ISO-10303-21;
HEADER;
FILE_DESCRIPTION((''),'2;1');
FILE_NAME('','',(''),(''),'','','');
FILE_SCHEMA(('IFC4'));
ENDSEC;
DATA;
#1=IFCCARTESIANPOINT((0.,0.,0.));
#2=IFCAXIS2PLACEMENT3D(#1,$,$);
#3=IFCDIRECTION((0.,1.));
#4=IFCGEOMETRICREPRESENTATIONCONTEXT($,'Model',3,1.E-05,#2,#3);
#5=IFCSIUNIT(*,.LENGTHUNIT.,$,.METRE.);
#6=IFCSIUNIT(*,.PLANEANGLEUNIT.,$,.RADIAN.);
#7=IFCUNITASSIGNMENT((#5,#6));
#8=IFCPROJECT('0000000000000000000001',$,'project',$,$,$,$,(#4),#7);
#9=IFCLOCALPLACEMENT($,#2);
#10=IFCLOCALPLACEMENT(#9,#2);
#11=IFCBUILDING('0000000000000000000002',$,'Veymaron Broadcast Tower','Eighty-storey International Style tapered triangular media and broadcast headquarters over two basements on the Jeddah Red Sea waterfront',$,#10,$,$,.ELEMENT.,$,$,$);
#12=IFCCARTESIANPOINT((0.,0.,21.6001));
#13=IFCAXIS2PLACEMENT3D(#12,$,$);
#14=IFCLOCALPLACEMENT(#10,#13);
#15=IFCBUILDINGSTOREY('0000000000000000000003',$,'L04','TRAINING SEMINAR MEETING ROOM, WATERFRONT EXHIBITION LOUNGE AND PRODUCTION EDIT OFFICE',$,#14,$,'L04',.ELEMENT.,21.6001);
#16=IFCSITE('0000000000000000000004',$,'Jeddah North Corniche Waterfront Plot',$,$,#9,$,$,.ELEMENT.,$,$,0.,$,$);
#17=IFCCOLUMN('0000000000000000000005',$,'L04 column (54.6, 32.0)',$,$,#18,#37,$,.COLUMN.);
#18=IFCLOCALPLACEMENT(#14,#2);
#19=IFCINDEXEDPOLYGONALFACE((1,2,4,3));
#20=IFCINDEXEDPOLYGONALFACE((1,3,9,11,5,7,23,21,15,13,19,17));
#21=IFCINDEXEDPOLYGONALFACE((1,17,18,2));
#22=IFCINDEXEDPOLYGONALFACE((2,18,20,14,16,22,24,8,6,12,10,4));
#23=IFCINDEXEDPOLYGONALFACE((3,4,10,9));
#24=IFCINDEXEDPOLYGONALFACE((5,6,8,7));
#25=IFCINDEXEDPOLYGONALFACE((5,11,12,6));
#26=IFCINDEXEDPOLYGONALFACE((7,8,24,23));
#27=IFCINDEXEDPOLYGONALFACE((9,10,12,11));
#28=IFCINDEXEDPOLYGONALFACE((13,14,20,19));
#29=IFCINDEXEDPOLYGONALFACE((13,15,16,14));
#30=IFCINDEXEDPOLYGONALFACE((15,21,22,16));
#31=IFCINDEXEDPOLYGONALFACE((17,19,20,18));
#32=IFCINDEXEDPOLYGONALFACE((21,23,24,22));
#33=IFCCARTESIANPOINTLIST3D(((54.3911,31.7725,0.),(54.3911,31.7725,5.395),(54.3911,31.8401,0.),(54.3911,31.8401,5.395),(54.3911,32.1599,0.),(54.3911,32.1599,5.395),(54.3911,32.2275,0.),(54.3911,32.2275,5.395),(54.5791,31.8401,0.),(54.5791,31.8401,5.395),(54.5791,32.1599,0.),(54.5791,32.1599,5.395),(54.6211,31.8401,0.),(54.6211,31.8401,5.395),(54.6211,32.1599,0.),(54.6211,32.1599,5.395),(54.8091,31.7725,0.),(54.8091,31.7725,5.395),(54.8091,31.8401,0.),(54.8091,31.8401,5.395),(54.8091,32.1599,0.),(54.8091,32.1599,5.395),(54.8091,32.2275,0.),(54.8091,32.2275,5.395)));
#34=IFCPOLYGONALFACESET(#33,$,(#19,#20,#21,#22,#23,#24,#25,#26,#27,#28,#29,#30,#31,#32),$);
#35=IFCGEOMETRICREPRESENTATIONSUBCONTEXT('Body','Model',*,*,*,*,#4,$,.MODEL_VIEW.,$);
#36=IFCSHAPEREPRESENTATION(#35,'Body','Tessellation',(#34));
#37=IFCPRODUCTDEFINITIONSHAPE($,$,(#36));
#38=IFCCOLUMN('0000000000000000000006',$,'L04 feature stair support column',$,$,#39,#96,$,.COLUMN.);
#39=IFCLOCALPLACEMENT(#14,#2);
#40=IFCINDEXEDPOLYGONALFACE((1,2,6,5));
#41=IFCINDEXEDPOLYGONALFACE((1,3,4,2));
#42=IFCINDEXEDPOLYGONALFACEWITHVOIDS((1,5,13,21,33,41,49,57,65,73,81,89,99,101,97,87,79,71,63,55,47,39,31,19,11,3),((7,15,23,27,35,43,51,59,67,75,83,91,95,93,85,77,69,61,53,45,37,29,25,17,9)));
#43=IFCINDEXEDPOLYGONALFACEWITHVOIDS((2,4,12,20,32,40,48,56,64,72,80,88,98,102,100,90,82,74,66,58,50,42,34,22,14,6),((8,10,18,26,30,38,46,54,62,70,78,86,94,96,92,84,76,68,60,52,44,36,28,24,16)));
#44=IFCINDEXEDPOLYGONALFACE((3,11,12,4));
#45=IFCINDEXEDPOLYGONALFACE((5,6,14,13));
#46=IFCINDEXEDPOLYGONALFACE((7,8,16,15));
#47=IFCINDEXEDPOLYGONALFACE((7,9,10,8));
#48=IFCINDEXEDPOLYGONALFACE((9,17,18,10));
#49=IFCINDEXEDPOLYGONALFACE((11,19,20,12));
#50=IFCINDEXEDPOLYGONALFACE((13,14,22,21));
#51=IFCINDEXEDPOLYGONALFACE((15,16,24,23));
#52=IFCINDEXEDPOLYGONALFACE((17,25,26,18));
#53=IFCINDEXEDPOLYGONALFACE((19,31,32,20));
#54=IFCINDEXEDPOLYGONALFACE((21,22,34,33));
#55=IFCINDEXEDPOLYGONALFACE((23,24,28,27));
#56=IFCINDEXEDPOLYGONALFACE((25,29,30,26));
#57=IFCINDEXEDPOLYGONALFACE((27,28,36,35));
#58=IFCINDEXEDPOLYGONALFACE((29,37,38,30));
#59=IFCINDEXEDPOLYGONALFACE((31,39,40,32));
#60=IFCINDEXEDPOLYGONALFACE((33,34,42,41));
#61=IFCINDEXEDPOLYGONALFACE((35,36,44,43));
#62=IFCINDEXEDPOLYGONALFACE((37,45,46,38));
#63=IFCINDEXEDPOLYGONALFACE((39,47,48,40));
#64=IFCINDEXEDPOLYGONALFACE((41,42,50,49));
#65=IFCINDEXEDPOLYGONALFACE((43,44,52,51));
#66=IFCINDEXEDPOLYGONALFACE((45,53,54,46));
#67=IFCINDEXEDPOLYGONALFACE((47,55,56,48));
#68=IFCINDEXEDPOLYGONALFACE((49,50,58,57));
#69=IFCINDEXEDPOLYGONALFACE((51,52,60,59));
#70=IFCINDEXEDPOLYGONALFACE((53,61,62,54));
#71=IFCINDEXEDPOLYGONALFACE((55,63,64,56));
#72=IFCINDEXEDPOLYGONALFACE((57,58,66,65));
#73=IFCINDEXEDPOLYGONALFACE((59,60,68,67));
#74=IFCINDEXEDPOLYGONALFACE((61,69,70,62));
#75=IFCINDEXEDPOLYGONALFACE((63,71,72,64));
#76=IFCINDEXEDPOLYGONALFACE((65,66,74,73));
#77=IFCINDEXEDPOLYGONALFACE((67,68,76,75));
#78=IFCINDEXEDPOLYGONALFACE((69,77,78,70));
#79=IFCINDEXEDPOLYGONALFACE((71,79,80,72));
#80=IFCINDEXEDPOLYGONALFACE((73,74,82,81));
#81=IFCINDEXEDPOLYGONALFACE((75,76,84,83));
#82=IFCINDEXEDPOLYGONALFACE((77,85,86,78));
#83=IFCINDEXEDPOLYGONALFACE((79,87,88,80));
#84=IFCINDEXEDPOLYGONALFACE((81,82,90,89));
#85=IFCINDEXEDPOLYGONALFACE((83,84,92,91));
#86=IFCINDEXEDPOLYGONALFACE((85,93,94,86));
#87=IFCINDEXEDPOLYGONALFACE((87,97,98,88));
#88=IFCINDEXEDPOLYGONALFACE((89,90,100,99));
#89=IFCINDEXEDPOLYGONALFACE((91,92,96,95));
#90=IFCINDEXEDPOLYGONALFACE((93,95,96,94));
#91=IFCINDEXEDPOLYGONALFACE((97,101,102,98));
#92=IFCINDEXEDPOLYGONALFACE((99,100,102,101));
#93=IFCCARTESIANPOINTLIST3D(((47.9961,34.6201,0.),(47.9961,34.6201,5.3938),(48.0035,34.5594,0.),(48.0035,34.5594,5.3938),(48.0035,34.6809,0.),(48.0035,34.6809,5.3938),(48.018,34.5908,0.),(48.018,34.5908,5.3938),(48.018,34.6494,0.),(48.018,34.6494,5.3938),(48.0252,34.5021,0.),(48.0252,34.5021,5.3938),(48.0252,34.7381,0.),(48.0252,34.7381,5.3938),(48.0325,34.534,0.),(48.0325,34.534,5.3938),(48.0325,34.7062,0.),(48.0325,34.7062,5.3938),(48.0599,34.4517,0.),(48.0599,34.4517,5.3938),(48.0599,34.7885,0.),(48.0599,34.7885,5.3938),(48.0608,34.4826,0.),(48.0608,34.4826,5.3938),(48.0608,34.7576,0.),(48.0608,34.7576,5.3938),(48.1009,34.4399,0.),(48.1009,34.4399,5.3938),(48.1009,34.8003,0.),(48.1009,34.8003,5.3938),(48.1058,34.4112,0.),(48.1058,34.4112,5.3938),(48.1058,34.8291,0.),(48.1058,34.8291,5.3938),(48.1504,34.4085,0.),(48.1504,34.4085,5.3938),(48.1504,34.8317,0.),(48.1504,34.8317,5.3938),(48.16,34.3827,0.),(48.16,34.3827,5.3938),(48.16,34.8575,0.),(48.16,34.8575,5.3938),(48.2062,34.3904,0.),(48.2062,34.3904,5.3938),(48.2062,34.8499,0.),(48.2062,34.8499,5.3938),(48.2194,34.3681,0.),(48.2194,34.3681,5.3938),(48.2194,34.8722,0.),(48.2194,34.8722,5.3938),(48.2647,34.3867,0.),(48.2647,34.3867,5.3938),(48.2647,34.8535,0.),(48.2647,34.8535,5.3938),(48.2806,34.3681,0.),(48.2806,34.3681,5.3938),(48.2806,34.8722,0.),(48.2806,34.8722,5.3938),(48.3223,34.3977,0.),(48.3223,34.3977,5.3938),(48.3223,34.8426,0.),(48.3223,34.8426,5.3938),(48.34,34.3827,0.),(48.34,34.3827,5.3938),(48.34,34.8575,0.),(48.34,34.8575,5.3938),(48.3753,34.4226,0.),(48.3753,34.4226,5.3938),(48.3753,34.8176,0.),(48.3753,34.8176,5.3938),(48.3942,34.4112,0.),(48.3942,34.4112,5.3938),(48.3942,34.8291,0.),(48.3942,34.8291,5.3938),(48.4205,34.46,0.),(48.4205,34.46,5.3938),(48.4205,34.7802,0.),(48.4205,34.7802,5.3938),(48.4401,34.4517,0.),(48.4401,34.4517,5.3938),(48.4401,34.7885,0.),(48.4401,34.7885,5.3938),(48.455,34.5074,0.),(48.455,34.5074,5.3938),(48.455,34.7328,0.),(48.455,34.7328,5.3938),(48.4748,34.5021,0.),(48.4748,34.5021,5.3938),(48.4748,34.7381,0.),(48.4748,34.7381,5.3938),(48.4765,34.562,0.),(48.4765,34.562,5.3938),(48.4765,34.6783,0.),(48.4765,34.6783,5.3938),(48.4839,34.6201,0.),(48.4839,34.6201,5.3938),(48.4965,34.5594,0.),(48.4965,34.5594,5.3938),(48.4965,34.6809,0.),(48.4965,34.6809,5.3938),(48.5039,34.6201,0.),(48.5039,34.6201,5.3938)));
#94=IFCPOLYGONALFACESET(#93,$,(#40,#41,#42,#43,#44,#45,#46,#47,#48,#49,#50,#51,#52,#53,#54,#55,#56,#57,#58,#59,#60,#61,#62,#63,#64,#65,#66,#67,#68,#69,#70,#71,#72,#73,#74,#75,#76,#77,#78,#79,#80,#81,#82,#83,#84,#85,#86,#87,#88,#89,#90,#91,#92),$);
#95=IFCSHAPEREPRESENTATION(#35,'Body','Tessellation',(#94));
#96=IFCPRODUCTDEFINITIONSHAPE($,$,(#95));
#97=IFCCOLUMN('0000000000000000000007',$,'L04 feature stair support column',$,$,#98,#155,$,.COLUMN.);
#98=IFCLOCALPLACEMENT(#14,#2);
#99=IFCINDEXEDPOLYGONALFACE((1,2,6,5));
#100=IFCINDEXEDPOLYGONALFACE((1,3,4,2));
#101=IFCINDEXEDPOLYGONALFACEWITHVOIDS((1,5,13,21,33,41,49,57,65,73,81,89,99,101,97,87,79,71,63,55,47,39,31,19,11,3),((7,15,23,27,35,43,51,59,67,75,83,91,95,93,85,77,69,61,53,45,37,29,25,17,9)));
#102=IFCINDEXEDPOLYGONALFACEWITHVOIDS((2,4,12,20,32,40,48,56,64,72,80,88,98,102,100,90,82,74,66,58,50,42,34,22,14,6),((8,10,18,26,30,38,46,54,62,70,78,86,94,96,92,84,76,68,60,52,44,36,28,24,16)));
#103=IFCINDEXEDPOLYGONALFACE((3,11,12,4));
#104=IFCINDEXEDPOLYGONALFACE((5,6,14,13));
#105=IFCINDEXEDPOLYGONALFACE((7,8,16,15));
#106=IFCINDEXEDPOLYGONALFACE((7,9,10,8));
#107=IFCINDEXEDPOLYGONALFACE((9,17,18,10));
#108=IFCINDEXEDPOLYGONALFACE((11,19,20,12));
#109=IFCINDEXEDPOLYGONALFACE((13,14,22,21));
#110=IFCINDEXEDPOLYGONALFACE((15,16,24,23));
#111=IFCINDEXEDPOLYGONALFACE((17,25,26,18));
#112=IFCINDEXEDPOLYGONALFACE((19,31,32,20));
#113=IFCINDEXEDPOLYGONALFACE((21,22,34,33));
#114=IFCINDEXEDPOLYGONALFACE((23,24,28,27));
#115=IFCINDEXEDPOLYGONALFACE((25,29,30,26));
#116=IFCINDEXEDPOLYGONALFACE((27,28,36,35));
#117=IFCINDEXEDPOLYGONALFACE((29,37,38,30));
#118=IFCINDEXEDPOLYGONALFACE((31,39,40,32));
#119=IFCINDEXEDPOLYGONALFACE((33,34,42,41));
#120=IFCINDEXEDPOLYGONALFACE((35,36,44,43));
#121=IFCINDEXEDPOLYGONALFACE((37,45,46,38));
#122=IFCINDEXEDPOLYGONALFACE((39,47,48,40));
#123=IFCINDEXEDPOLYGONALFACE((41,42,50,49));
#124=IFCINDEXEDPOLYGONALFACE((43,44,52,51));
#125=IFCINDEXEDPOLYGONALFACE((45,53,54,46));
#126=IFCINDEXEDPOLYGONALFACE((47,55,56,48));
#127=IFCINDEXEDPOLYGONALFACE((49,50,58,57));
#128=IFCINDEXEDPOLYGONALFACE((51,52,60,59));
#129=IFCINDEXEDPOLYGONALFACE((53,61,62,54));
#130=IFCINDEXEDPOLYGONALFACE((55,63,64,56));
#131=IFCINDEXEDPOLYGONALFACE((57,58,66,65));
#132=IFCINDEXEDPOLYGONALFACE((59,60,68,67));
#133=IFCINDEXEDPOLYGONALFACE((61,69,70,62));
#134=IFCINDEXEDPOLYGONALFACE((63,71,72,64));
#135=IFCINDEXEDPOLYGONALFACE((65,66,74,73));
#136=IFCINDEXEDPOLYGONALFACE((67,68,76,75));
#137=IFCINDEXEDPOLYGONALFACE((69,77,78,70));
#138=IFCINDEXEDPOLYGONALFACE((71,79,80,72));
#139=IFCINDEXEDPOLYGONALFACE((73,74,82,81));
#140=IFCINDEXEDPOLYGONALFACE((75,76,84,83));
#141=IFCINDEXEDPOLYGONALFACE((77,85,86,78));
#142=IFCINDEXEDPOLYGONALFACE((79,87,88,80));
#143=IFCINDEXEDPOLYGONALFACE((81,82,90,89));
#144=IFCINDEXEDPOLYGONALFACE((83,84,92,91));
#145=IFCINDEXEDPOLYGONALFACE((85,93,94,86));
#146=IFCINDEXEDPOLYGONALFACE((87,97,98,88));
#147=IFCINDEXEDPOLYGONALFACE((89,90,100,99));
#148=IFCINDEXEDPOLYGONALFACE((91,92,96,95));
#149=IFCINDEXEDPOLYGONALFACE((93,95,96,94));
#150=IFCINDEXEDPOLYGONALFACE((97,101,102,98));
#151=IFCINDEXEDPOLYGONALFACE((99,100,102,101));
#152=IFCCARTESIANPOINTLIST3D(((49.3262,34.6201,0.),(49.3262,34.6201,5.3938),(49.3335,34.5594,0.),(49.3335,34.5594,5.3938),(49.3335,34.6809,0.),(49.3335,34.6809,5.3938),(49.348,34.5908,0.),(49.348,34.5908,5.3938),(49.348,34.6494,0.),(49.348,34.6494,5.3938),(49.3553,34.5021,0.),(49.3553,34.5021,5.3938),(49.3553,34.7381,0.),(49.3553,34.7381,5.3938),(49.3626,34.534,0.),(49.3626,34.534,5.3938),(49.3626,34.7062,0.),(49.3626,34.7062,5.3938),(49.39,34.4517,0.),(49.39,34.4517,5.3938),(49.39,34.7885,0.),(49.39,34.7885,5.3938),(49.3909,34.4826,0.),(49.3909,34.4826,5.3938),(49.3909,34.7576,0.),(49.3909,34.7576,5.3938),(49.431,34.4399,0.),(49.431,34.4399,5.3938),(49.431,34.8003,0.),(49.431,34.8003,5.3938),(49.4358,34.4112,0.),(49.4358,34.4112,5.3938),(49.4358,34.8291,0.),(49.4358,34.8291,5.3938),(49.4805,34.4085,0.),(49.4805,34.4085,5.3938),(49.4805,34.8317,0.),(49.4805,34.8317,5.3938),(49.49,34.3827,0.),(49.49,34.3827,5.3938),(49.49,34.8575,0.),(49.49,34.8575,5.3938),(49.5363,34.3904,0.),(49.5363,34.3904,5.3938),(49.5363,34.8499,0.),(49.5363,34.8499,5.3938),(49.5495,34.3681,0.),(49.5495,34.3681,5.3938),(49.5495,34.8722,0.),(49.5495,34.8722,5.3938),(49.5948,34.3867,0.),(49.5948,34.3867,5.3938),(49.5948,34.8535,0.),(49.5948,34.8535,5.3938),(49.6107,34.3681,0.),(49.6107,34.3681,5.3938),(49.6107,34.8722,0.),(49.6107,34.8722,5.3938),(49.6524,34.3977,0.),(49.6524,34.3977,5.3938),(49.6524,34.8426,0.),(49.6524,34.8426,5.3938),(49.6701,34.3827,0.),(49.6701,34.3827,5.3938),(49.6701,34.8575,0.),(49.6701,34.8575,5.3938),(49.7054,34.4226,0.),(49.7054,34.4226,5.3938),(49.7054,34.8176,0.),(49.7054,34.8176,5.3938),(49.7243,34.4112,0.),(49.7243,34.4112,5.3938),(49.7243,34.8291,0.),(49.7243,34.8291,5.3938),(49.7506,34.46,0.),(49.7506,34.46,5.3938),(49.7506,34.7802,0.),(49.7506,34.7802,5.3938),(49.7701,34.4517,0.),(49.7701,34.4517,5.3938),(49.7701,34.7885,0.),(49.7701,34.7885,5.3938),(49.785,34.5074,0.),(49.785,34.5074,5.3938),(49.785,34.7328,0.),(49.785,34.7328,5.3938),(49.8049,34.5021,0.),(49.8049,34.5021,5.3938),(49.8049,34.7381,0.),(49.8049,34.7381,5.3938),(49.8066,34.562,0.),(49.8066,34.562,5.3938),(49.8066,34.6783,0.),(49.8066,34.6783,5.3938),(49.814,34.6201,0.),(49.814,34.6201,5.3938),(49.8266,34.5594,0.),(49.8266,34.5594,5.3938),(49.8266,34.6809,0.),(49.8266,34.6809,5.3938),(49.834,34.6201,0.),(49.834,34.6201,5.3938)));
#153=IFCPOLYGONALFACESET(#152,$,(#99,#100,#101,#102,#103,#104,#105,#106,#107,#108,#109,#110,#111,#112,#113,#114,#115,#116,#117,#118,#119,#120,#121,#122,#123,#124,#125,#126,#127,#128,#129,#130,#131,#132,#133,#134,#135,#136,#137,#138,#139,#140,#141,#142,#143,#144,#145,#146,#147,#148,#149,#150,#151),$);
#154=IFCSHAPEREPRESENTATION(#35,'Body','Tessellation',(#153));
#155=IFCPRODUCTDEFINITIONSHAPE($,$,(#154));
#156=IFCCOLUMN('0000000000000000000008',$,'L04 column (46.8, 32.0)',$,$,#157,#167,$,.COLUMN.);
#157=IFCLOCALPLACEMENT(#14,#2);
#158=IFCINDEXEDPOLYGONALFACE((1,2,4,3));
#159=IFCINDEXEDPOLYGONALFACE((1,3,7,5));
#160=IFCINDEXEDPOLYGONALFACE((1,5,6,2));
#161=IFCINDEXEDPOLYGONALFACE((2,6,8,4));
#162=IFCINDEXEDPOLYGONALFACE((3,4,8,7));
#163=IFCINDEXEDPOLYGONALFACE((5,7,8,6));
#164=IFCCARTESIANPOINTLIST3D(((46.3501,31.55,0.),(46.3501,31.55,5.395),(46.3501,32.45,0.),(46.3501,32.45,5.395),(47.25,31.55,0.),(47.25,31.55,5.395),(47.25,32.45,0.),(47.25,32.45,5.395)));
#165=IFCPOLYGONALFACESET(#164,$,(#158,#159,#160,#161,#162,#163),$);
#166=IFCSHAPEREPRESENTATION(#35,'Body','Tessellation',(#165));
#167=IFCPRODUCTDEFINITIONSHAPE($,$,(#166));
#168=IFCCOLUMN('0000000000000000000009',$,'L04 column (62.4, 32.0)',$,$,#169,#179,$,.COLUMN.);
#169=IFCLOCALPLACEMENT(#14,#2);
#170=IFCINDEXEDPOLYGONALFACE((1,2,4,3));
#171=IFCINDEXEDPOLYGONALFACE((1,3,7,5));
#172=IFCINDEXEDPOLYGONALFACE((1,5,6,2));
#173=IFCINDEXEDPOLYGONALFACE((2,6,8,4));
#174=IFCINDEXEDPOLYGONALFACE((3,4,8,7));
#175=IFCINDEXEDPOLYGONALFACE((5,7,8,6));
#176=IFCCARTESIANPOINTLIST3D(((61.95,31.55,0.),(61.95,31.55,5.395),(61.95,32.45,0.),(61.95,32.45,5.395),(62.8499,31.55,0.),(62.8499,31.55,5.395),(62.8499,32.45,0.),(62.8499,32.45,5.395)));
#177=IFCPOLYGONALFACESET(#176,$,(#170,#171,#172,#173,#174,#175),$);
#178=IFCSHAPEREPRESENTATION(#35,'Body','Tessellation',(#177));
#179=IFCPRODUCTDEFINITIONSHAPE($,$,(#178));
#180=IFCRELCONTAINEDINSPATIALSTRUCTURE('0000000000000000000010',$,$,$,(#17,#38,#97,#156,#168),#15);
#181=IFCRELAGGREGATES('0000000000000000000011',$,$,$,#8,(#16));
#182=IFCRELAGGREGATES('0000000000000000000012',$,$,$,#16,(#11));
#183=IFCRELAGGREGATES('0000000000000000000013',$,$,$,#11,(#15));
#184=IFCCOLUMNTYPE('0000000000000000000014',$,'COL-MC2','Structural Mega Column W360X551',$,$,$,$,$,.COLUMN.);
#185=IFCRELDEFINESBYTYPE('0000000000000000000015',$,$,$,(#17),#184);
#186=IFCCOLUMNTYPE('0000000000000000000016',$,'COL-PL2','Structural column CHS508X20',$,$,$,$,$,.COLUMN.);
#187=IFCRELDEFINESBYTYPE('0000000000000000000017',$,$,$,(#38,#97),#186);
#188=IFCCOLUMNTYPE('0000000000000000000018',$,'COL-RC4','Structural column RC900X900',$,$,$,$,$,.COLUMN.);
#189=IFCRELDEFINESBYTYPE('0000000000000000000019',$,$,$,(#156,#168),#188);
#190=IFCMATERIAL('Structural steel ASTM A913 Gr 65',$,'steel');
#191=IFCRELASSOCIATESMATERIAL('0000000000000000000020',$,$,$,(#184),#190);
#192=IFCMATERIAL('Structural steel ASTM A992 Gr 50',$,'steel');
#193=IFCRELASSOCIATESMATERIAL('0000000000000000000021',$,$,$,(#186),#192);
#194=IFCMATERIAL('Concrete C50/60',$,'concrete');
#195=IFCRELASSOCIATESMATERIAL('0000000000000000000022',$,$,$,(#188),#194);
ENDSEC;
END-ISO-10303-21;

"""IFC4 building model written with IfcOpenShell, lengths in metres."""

from ifc_helpers import new_model, si_unit, direction, frame, origin, origin_2d, place, context, subcontext, project, spatial, rectangle, hollow_circle, i_section, extrude, material, material_profile, profile_set, type_object, element, save


model = new_model("IFC4")

# Units and contexts
model_context = context("Model", 3, precision=1e-05, world=origin(), true_north=direction((0.0, 1.0)))
body_context = subcontext(model_context, "Body", "Model", "MODEL_VIEW")
ifc_project = project(units=[si_unit("LENGTHUNIT", "METRE"), si_unit("PLANEANGLEUNIT", "RADIAN")], contexts=[model_context])

# Site, building, storey
site_placement = place(None, origin())
site = spatial("IfcSite", under=ifc_project, at=site_placement, Name="Jeddah North Corniche Waterfront Plot", CompositionType="ELEMENT", RefElevation=0.0)
building_placement = place(site_placement, origin())
building = spatial("IfcBuilding", under=site, at=building_placement, Name="Veymaron Broadcast Tower", Description="Eighty-storey International Style tapered triangular media and broadcast headquarters over two basements on the Jeddah Red Sea waterfront", CompositionType="ELEMENT")
storey_placement = place(building_placement, frame((0.0, 0.0, 21.6001)))
storey = spatial("IfcBuildingStorey", under=building, at=storey_placement, Name="L04", Description="TRAINING SEMINAR MEETING ROOM, WATERFRONT EXHIBITION LOUNGE AND PRODUCTION EDIT OFFICE", LongName="L04", CompositionType="ELEMENT", Elevation=21.6001)

# Columns
ifc_material_1 = material(Name="Structural steel ASTM A913 Gr 65", Category="steel")
ifc_material_profile_1 = material_profile(ifc_material_1, i_section(OverallWidth=0.418, OverallDepth=0.4551, WebThickness=0.042, FlangeThickness=0.0676, at=origin_2d()), Name="W360X551")
ifc_profile_set_1 = profile_set([ifc_material_profile_1], Name="Structural steel ASTM A913 Gr 65")
column_type_1 = type_object("IfcColumnType", Name="COL-MC2", Description="Structural Mega Column W360X551", PredefinedType="COLUMN", material=ifc_profile_set_1)
column_placement = place(storey_placement, frame((54.6001, 32.0, 0.0), z_axis=(0.0, 0.0, 1.0), x_axis=(1.0, 0.0, 0.0)))
element("IfcColumn", 1, at=column_placement, inside=storey, type_object=column_type_1, Name="L04 column (54.6, 32.0)", PredefinedType="COLUMN", context=body_context, shape_type="SweptSolid", body=[
    extrude(i_section(OverallWidth=0.418, OverallDepth=0.4551, WebThickness=0.042, FlangeThickness=0.0676, at=origin_2d()), origin(), (0.0, 0.0, 1.0), 5.395),
])
ifc_material_2 = material(Name="Structural steel ASTM A992 Gr 50", Category="steel")
ifc_material_profile_2 = material_profile(ifc_material_2, hollow_circle(Radius=0.2539, WallThickness=0.02, at=origin_2d()), Name="CHS508X20")
ifc_profile_set_2 = profile_set([ifc_material_profile_2], Name="Structural steel ASTM A992 Gr 50")
column_type_2 = type_object("IfcColumnType", Name="COL-PL2", Description="Structural column CHS508X20", PredefinedType="COLUMN", material=ifc_profile_set_2)
for number, where, z_axis, x_axis, name in (
    (2, (48.25, 34.6201, 0.0), (0.0, 0.0, 1.0), (1.0, 0.0, 0.0), "L04 feature stair support column"),
    (3, (49.5801, 34.6201, 0.0), (0.0, 0.0, 1.0), (1.0, 0.0, 0.0), "L04 feature stair support column"),
):
    element("IfcColumn", number, at=place(storey_placement, frame(where, z_axis=z_axis, x_axis=x_axis)), inside=storey, type_object=column_type_2, Name=name, PredefinedType="COLUMN", context=body_context, shape_type="SweptSolid", body=[
        extrude(hollow_circle(Radius=0.2539, WallThickness=0.02, at=origin_2d()), origin(), (0.0, 0.0, 1.0), 5.3938),
    ])
ifc_material_3 = material(Name="Concrete C50/60", Category="concrete")
ifc_material_profile_3 = material_profile(ifc_material_3, rectangle(XDim=0.8999, YDim=0.8999, at=origin_2d()), Name="RC900X900")
ifc_profile_set_3 = profile_set([ifc_material_profile_3], Name="Concrete C50/60")
column_type_3 = type_object("IfcColumnType", Name="COL-RC4", Description="Structural column RC900X900", PredefinedType="COLUMN", material=ifc_profile_set_3)
for number, where, z_axis, x_axis, name in (
    (4, (46.8, 32.0, 0.0), (0.0, 0.0, 1.0), (1.0, 0.0, 0.0), "L04 column (46.8, 32.0)"),
    (5, (62.3999, 32.0, 0.0), (0.0, 0.0, 1.0), (1.0, 0.0, 0.0), "L04 column (62.4, 32.0)"),
):
    element("IfcColumn", number, at=place(storey_placement, frame(where, z_axis=z_axis, x_axis=x_axis)), inside=storey, type_object=column_type_3, Name=name, PredefinedType="COLUMN", context=body_context, shape_type="SweptSolid", body=[
        extrude(rectangle(XDim=0.8999, YDim=0.8999, at=origin_2d()), origin(), (0.0, 0.0, 1.0), 5.395),
    ])

save(model, "model.ifc")
